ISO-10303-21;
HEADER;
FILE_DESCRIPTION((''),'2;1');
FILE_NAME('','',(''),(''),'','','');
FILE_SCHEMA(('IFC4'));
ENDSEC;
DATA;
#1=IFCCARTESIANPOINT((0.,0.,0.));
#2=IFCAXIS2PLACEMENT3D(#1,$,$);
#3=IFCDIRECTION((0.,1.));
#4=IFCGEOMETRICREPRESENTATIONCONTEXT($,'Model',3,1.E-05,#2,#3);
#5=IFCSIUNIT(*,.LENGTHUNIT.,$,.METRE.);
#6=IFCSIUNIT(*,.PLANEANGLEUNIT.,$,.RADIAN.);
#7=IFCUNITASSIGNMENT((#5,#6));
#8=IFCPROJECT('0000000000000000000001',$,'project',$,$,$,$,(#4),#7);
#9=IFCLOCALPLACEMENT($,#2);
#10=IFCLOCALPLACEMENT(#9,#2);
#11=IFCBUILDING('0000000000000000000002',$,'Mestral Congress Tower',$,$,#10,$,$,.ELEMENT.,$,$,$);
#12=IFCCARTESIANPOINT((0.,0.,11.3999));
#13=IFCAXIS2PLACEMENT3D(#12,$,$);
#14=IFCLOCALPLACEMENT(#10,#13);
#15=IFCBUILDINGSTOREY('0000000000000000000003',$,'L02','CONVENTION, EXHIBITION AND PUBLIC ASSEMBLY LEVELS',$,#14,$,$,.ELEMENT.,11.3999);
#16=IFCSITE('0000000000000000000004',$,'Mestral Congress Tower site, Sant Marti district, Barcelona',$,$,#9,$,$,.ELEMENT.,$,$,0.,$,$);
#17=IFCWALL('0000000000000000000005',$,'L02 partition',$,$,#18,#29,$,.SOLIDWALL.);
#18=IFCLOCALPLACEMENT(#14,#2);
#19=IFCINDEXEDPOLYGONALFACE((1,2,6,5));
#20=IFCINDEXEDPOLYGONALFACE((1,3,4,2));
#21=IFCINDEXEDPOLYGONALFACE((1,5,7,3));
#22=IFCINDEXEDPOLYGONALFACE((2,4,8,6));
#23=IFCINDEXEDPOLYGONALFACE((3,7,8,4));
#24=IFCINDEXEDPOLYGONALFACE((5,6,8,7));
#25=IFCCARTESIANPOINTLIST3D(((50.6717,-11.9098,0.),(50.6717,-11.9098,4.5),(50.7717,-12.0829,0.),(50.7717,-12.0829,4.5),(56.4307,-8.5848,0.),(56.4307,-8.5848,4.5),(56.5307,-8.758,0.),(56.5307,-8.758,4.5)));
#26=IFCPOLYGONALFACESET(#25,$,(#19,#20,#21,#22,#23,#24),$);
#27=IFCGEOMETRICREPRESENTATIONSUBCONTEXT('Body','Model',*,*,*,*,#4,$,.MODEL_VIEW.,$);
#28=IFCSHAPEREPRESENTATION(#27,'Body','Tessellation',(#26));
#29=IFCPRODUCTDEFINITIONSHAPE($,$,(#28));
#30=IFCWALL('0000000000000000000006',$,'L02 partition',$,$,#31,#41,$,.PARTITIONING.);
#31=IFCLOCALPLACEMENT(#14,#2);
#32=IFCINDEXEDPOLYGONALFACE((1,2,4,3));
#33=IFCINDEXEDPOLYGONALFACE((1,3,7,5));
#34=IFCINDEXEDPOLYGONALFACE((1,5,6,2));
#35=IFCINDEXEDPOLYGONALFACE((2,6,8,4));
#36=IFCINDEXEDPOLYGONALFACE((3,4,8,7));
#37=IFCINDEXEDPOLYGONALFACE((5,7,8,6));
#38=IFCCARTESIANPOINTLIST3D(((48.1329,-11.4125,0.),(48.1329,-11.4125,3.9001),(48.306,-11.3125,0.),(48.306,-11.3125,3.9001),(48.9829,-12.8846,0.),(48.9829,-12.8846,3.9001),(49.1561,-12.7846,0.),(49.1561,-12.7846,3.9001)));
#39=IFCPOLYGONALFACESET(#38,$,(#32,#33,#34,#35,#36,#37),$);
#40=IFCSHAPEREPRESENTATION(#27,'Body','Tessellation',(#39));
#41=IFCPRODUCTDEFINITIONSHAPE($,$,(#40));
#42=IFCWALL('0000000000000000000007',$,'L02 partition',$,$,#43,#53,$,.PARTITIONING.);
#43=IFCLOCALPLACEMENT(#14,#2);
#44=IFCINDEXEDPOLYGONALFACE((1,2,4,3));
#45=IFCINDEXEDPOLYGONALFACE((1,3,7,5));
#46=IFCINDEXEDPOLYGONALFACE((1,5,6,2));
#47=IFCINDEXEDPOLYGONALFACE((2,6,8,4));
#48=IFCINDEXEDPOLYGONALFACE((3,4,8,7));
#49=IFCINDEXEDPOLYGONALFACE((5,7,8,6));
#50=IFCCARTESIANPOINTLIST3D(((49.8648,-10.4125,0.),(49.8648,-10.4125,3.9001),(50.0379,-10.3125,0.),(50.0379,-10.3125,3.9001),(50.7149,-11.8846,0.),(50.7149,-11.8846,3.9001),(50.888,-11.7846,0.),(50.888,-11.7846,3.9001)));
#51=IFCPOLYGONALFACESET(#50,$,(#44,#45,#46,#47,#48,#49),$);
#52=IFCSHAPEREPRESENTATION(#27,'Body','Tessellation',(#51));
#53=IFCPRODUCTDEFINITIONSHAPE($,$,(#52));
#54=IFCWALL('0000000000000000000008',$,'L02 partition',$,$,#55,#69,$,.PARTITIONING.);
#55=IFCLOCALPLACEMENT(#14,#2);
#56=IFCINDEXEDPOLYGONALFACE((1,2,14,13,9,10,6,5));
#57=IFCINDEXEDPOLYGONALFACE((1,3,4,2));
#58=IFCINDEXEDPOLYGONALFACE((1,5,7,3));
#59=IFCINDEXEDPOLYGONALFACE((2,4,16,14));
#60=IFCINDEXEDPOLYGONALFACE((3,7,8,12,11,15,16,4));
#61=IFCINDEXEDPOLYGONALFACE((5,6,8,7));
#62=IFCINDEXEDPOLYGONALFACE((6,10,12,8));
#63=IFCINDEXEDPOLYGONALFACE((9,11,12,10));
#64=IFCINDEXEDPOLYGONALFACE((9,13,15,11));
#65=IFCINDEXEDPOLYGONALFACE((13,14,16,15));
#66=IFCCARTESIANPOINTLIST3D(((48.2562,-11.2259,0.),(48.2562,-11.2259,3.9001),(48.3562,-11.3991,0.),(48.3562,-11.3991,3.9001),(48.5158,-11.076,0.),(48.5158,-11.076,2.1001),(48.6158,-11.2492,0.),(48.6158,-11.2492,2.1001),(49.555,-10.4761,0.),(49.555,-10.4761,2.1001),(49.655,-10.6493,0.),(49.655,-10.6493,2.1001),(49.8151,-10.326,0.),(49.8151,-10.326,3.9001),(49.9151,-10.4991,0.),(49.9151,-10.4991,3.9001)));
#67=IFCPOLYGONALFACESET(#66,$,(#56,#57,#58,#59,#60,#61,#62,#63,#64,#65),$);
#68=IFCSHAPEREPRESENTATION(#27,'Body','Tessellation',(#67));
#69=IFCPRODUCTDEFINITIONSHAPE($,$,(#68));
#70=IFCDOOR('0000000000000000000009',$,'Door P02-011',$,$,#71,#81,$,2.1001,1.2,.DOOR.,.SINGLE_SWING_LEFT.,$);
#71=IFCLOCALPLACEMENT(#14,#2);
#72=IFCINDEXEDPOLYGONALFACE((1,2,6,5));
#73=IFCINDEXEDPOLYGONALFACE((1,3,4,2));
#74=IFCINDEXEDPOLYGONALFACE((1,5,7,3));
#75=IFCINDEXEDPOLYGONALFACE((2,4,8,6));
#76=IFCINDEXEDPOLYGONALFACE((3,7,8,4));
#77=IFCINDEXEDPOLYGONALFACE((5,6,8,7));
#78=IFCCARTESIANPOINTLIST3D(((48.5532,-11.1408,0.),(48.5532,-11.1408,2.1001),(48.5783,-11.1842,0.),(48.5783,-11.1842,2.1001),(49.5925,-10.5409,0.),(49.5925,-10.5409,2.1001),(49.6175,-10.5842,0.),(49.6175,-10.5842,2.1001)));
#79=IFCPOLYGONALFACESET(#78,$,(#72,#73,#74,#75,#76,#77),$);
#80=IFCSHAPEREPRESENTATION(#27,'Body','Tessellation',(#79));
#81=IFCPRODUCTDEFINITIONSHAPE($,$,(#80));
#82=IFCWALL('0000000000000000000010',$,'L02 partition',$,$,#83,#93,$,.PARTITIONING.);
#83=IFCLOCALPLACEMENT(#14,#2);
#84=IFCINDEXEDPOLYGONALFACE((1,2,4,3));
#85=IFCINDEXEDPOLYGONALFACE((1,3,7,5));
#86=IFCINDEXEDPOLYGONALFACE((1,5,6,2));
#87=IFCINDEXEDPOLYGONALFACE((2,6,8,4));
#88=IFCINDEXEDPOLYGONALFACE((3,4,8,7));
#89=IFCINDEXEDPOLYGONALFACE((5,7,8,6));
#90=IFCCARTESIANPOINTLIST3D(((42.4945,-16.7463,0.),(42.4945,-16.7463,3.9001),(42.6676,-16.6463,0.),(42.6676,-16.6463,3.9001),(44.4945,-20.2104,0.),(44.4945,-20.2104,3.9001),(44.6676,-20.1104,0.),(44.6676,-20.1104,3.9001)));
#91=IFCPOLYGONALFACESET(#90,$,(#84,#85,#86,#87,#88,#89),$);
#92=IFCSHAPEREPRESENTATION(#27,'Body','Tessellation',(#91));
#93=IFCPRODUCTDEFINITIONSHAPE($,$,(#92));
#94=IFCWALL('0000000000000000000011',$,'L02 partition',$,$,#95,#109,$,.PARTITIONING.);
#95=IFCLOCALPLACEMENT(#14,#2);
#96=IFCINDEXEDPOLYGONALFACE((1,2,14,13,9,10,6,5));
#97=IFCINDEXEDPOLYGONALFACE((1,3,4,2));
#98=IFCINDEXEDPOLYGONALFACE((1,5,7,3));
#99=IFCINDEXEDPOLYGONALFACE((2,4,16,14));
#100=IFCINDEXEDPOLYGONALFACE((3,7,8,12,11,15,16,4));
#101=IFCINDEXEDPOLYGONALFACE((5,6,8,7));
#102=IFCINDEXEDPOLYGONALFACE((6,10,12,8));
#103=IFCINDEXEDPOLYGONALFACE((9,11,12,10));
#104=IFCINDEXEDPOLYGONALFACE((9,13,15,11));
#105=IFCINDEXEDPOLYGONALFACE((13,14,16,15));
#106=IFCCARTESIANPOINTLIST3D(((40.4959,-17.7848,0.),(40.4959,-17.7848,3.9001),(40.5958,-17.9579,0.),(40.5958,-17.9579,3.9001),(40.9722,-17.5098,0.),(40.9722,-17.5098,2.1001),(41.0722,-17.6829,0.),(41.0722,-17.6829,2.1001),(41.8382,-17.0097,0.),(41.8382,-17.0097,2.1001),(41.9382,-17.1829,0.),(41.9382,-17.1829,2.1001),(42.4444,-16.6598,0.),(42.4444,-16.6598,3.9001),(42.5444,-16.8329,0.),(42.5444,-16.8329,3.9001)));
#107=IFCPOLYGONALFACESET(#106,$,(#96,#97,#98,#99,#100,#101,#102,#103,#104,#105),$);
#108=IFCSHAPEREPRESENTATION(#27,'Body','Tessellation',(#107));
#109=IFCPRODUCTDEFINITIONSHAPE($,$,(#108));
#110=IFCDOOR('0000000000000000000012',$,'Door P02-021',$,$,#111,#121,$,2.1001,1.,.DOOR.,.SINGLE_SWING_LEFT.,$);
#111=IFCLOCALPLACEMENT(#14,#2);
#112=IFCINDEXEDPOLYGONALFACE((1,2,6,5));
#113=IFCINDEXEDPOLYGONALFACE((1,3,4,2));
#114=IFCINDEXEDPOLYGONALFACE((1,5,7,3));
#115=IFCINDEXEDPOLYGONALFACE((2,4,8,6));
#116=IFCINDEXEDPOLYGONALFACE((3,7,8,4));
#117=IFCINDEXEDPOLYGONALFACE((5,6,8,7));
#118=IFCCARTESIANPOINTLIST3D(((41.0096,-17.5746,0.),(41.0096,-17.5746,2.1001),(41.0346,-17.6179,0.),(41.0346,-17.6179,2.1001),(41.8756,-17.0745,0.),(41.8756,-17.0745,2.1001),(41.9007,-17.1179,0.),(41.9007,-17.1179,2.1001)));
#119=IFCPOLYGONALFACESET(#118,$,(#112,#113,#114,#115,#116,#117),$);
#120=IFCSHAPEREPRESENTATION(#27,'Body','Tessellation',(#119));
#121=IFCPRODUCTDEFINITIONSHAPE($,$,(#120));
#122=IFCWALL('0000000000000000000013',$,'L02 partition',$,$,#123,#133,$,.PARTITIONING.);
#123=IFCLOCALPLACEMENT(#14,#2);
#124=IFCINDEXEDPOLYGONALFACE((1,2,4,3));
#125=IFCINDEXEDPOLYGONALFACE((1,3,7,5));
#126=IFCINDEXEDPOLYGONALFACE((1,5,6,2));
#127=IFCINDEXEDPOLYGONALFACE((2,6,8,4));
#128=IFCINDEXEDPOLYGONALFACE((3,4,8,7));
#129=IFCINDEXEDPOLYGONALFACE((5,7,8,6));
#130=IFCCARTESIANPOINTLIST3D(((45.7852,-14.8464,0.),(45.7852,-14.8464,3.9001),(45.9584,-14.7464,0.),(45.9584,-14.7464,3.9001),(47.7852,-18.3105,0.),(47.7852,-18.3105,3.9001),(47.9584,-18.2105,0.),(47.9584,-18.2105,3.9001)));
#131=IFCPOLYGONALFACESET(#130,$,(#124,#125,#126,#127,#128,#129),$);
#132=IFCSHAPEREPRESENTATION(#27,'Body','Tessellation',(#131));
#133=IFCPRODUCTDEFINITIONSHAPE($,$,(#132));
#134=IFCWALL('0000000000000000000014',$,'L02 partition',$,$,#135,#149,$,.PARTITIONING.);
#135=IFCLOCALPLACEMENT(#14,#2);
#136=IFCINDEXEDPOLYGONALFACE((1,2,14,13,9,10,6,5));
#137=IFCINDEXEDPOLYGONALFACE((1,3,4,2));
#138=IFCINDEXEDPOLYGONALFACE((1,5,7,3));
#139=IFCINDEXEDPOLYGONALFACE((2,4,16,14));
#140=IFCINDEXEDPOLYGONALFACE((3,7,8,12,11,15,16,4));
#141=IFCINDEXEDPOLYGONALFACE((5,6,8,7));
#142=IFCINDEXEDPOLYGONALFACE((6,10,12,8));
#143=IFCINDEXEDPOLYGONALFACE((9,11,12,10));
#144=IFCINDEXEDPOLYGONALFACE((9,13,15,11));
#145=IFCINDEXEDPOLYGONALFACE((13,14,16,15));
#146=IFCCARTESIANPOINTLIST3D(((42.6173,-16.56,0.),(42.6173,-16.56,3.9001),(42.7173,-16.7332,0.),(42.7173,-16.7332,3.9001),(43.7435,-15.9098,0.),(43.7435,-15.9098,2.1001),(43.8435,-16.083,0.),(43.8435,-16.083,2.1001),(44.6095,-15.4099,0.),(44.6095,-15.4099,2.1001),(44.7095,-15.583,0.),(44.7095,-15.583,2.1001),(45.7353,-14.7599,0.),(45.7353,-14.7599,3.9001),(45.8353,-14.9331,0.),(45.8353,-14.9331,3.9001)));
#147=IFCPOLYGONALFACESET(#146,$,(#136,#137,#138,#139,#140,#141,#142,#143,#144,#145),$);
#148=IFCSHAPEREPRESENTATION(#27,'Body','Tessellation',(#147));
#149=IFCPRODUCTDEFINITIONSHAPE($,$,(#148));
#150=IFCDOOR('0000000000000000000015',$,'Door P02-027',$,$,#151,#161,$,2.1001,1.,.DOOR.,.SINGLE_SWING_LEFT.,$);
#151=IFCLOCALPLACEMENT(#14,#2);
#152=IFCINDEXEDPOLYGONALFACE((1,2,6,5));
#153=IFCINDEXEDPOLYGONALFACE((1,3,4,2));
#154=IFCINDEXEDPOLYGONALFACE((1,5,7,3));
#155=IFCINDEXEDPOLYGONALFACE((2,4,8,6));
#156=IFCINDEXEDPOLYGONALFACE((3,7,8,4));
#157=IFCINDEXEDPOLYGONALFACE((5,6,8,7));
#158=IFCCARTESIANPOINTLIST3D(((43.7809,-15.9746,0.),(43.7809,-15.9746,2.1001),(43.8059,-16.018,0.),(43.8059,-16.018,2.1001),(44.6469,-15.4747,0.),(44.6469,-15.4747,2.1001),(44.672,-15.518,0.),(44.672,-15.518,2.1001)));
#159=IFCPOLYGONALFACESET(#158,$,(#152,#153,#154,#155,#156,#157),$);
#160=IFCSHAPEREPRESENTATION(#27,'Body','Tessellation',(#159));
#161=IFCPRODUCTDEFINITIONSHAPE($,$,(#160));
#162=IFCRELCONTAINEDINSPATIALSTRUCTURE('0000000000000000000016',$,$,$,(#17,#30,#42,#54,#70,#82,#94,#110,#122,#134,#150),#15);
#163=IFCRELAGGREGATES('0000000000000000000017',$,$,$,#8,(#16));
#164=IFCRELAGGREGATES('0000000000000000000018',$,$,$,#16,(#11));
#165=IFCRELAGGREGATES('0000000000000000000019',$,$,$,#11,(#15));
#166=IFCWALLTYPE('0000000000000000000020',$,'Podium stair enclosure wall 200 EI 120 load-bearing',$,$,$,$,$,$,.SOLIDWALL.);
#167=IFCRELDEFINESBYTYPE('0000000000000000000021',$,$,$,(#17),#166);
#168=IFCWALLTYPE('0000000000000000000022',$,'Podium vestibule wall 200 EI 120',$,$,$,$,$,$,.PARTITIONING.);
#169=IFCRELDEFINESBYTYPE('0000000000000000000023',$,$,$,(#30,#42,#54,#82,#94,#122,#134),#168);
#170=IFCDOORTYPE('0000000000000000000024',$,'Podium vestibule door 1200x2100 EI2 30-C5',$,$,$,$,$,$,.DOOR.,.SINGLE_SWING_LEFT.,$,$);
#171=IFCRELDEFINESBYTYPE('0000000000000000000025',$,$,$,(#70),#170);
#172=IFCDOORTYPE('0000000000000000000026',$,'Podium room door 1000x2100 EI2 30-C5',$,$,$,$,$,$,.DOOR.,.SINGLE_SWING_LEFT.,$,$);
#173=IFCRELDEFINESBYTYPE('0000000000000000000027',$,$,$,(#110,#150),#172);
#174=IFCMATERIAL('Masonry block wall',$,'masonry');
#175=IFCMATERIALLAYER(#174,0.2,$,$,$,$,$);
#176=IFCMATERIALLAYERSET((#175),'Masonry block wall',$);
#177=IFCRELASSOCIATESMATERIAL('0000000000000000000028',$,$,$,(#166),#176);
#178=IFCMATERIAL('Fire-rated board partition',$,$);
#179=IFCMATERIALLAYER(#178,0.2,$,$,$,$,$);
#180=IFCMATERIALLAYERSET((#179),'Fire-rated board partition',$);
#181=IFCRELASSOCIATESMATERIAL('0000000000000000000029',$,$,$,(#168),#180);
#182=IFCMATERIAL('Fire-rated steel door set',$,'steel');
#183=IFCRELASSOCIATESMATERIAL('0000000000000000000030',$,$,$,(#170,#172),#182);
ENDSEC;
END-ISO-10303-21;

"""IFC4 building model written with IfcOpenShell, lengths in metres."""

from ifc_helpers import new_model, si_unit, direction, frame, frame_2d, origin, place, context, subcontext, project, spatial, rectangle, extrude, material, layer, layer_set, type_object, element, fill, save


model = new_model("IFC4")

# Units and contexts
model_context = context("Model", 3, precision=1e-05, world=origin(), true_north=direction((0.0, 1.0)))
body_context = subcontext(model_context, "Body", "Model", "MODEL_VIEW")
ifc_project = project(units=[si_unit("LENGTHUNIT", "METRE"), si_unit("PLANEANGLEUNIT", "RADIAN")], contexts=[model_context])

# Site, building, storey
site_placement = place(None, origin())
site = spatial("IfcSite", under=ifc_project, at=site_placement, Name="Mestral Congress Tower site, Sant Marti district, Barcelona", CompositionType="ELEMENT", RefElevation=0.0)
building_placement = place(site_placement, origin())
building = spatial("IfcBuilding", under=site, at=building_placement, Name="Mestral Congress Tower", CompositionType="ELEMENT")
storey_placement = place(building_placement, frame((0.0, 0.0, 11.3999)))
storey = spatial("IfcBuildingStorey", under=building, at=storey_placement, Name="L02", Description="CONVENTION, EXHIBITION AND PUBLIC ASSEMBLY LEVELS", CompositionType="ELEMENT", Elevation=11.3999)

# Shared definitions
ifc_material_1 = material(Name="Masonry block wall", Category="masonry")
ifc_layer_1 = layer(ifc_material_1, 0.2)
ifc_layer_set_1 = layer_set([ifc_layer_1], Name="Masonry block wall")
wall_type_1 = type_object("IfcWallType", Name="Podium stair enclosure wall 200 EI 120 load-bearing", PredefinedType="SOLIDWALL", material=ifc_layer_set_1)

# Shared definitions
ifc_material_2 = material(Name="Fire-rated steel door set", Category="steel")

# Walls
wall_1_placement = place(storey_placement, frame((50.7217, -11.9963, 0.0), z_axis=(0.0, 0.0, 1.0), x_axis=(0.866027, 0.499997, 0.0)))
element("IfcWall", 1, at=wall_1_placement, inside=storey, type_object=wall_type_1, Name="L02 partition", PredefinedType="SOLIDWALL", context=body_context, shape_type="SweptSolid", body=[
    extrude(rectangle(XDim=6.6499, YDim=0.2, at=frame_2d((3.325, 0.0))), origin(), (0.0, 0.0, 1.0), 4.5),
])
ifc_material_3 = material(Name="Fire-rated board partition")
ifc_layer_2 = layer(ifc_material_3, 0.2)
ifc_layer_set_2 = layer_set([ifc_layer_2], Name="Fire-rated board partition")
wall_type_2 = type_object("IfcWallType", Name="Podium vestibule wall 200 EI 120", PredefinedType="PARTITIONING", material=ifc_layer_set_2)
for number, where, z_axis, x_axis, name in (
    (2, (49.0696, -12.8347, 0.0), (0.0, 0.0, 1.0), (-0.500062, 0.865989, 0.0), "L02 partition"),
    (3, (50.8015, -11.8347, 0.0), (0.0, 0.0, 1.0), (-0.500062, 0.865989, 0.0), "L02 partition"),
):
    element("IfcWall", number, at=place(storey_placement, frame(where, z_axis=z_axis, x_axis=x_axis)), inside=storey, type_object=wall_type_2, Name=name, PredefinedType="PARTITIONING", context=body_context, shape_type="SweptSolid", body=[
        extrude(rectangle(XDim=1.7, YDim=0.2, at=frame_2d((0.8501, 0.0))), origin(), (0.0, 0.0, 1.0), 3.9001),
    ])

# Wall, opening, door
wall_2_placement = place(storey_placement, frame((49.865, -10.4126, 0.0), z_axis=(0.0, 0.0, 1.0), x_axis=(-0.866048, -0.499961, 0.0)))
wall_2 = element("IfcWall", 4, at=wall_2_placement, inside=storey, type_object=wall_type_2, Name="L02 partition", PredefinedType="PARTITIONING", context=body_context, shape_type="SweptSolid", body=[
    extrude(rectangle(XDim=1.8, YDim=0.2, at=frame_2d((0.8999, 0.0))), origin(), (0.0, 0.0, 1.0), 3.9001),
])
opening_1_placement = place(wall_2_placement, frame((0.3, 0.0, 0.0)))
opening_1 = element("IfcOpeningElement", 5, at=opening_1_placement, cuts=wall_2, PredefinedType="OPENING", context=body_context, shape_type="SweptSolid", body=[
    extrude(rectangle(XDim=1.2, YDim=2.1001, at=frame_2d((0.6001, 1.05))), frame((0.0, 0.1099, 0.0), z_axis=(0.0, -1.0, 0.0), x_axis=(1.0, 0.0, 0.0)), (0.0, 0.0, 1.0), 0.22),
])
door_type_1 = type_object("IfcDoorType", Name="Podium vestibule door 1200x2100 EI2 30-C5", OperationType="SINGLE_SWING_LEFT", PredefinedType="DOOR", material=ifc_material_2)
door_1_placement = place(opening_1_placement, origin())
door_1 = element("IfcDoor", 6, at=door_1_placement, inside=storey, type_object=door_type_1, Name="Door P02-011", OperationType="SINGLE_SWING_LEFT", OverallHeight=2.1001, OverallWidth=1.2, PredefinedType="DOOR", context=body_context, shape_type="SweptSolid", body=[
    extrude(rectangle(XDim=1.2, YDim=2.1001, at=frame_2d((0.6001, 1.05))), frame((0.0, 0.0249, 0.0), z_axis=(0.0, -1.0, 0.0), x_axis=(1.0, 0.0, 0.0)), (0.0, 0.0, 1.0), 0.05),
])
fill(opening_1, door_1)

# Wall
wall_3_placement = place(storey_placement, frame((44.5811, -20.1604, 0.0), z_axis=(0.0, 0.0, 1.0), x_axis=(-0.499999, 0.866026, 0.0)))
element("IfcWall", 7, at=wall_3_placement, inside=storey, type_object=wall_type_2, Name="L02 partition", PredefinedType="PARTITIONING", context=body_context, shape_type="SweptSolid", body=[
    extrude(rectangle(XDim=4.0, YDim=0.2, at=frame_2d((2.0, 0.0))), origin(), (0.0, 0.0, 1.0), 3.9001),
])

# Wall, opening, door
wall_4_placement = place(storey_placement, frame((42.4944, -16.7463, 0.0), z_axis=(0.0, 0.0, 1.0), x_axis=(-0.866018, -0.500014, 0.0)))
wall_4 = element("IfcWall", 8, at=wall_4_placement, inside=storey, type_object=wall_type_2, Name="L02 partition", PredefinedType="PARTITIONING", context=body_context, shape_type="SweptSolid", body=[
    extrude(rectangle(XDim=2.25, YDim=0.2, at=frame_2d((1.125, 0.0))), origin(), (0.0, 0.0, 1.0), 3.9001),
])
opening_2_placement = place(wall_4_placement, frame((0.7, 0.0, 0.0)))
opening_2 = element("IfcOpeningElement", 9, at=opening_2_placement, cuts=wall_4, PredefinedType="OPENING", context=body_context, shape_type="SweptSolid", body=[
    extrude(rectangle(XDim=1.0, YDim=2.1001, at=frame_2d((0.5, 1.05))), frame((0.0, 0.1099, 0.0), z_axis=(0.0, -1.0, 0.0), x_axis=(1.0, 0.0, 0.0)), (0.0, 0.0, 1.0), 0.22),
])
door_type_2 = type_object("IfcDoorType", Name="Podium room door 1000x2100 EI2 30-C5", OperationType="SINGLE_SWING_LEFT", PredefinedType="DOOR", material=ifc_material_2)
door_2_placement = place(opening_2_placement, origin())
door_2 = element("IfcDoor", 10, at=door_2_placement, inside=storey, type_object=door_type_2, Name="Door P02-021", OperationType="SINGLE_SWING_LEFT", OverallHeight=2.1001, OverallWidth=1.0, PredefinedType="DOOR", context=body_context, shape_type="SweptSolid", body=[
    extrude(rectangle(XDim=1.0, YDim=2.1001, at=frame_2d((0.5, 1.05))), frame((0.0, 0.0249, 0.0), z_axis=(0.0, -1.0, 0.0), x_axis=(1.0, 0.0, 0.0)), (0.0, 0.0, 1.0), 0.05),
])
fill(opening_2, door_2)

# Wall
wall_5_placement = place(storey_placement, frame((47.8718, -18.2605, 0.0), z_axis=(0.0, 0.0, 1.0), x_axis=(-0.499999, 0.866026, 0.0)))
element("IfcWall", 11, at=wall_5_placement, inside=storey, type_object=wall_type_2, Name="L02 partition", PredefinedType="PARTITIONING", context=body_context, shape_type="SweptSolid", body=[
    extrude(rectangle(XDim=4.0, YDim=0.2, at=frame_2d((2.0, 0.0))), origin(), (0.0, 0.0, 1.0), 3.9001),
])

# Wall, opening, door
wall_6_placement = place(storey_placement, frame((45.7854, -14.8464, 0.0), z_axis=(0.0, 0.0, 1.0), x_axis=(-0.866035, -0.499983, 0.0)))
wall_6 = element("IfcWall", 12, at=wall_6_placement, inside=storey, type_object=wall_type_2, Name="L02 partition", PredefinedType="PARTITIONING", context=body_context, shape_type="SweptSolid", body=[
    extrude(rectangle(XDim=3.6003, YDim=0.2, at=frame_2d((1.8003, 0.0))), origin(), (0.0, 0.0, 1.0), 3.9001),
])
opening_3_placement = place(wall_6_placement, frame((1.3, 0.0, 0.0)))
opening_3 = element("IfcOpeningElement", 13, at=opening_3_placement, cuts=wall_6, PredefinedType="OPENING", context=body_context, shape_type="SweptSolid", body=[
    extrude(rectangle(XDim=1.0, YDim=2.1001, at=frame_2d((0.5, 1.05))), frame((0.0, 0.1099, 0.0), z_axis=(0.0, -1.0, 0.0), x_axis=(1.0, 0.0, 0.0)), (0.0, 0.0, 1.0), 0.22),
])
door_3_placement = place(opening_3_placement, origin())
door_3 = element("IfcDoor", 14, at=door_3_placement, inside=storey, type_object=door_type_2, Name="Door P02-027", OperationType="SINGLE_SWING_LEFT", OverallHeight=2.1001, OverallWidth=1.0, PredefinedType="DOOR", context=body_context, shape_type="SweptSolid", body=[
    extrude(rectangle(XDim=1.0, YDim=2.1001, at=frame_2d((0.5, 1.05))), frame((0.0, 0.0249, 0.0), z_axis=(0.0, -1.0, 0.0), x_axis=(1.0, 0.0, 0.0)), (0.0, 0.0, 1.0), 0.05),
])
fill(opening_3, door_3)

save(model, "model.ifc")
